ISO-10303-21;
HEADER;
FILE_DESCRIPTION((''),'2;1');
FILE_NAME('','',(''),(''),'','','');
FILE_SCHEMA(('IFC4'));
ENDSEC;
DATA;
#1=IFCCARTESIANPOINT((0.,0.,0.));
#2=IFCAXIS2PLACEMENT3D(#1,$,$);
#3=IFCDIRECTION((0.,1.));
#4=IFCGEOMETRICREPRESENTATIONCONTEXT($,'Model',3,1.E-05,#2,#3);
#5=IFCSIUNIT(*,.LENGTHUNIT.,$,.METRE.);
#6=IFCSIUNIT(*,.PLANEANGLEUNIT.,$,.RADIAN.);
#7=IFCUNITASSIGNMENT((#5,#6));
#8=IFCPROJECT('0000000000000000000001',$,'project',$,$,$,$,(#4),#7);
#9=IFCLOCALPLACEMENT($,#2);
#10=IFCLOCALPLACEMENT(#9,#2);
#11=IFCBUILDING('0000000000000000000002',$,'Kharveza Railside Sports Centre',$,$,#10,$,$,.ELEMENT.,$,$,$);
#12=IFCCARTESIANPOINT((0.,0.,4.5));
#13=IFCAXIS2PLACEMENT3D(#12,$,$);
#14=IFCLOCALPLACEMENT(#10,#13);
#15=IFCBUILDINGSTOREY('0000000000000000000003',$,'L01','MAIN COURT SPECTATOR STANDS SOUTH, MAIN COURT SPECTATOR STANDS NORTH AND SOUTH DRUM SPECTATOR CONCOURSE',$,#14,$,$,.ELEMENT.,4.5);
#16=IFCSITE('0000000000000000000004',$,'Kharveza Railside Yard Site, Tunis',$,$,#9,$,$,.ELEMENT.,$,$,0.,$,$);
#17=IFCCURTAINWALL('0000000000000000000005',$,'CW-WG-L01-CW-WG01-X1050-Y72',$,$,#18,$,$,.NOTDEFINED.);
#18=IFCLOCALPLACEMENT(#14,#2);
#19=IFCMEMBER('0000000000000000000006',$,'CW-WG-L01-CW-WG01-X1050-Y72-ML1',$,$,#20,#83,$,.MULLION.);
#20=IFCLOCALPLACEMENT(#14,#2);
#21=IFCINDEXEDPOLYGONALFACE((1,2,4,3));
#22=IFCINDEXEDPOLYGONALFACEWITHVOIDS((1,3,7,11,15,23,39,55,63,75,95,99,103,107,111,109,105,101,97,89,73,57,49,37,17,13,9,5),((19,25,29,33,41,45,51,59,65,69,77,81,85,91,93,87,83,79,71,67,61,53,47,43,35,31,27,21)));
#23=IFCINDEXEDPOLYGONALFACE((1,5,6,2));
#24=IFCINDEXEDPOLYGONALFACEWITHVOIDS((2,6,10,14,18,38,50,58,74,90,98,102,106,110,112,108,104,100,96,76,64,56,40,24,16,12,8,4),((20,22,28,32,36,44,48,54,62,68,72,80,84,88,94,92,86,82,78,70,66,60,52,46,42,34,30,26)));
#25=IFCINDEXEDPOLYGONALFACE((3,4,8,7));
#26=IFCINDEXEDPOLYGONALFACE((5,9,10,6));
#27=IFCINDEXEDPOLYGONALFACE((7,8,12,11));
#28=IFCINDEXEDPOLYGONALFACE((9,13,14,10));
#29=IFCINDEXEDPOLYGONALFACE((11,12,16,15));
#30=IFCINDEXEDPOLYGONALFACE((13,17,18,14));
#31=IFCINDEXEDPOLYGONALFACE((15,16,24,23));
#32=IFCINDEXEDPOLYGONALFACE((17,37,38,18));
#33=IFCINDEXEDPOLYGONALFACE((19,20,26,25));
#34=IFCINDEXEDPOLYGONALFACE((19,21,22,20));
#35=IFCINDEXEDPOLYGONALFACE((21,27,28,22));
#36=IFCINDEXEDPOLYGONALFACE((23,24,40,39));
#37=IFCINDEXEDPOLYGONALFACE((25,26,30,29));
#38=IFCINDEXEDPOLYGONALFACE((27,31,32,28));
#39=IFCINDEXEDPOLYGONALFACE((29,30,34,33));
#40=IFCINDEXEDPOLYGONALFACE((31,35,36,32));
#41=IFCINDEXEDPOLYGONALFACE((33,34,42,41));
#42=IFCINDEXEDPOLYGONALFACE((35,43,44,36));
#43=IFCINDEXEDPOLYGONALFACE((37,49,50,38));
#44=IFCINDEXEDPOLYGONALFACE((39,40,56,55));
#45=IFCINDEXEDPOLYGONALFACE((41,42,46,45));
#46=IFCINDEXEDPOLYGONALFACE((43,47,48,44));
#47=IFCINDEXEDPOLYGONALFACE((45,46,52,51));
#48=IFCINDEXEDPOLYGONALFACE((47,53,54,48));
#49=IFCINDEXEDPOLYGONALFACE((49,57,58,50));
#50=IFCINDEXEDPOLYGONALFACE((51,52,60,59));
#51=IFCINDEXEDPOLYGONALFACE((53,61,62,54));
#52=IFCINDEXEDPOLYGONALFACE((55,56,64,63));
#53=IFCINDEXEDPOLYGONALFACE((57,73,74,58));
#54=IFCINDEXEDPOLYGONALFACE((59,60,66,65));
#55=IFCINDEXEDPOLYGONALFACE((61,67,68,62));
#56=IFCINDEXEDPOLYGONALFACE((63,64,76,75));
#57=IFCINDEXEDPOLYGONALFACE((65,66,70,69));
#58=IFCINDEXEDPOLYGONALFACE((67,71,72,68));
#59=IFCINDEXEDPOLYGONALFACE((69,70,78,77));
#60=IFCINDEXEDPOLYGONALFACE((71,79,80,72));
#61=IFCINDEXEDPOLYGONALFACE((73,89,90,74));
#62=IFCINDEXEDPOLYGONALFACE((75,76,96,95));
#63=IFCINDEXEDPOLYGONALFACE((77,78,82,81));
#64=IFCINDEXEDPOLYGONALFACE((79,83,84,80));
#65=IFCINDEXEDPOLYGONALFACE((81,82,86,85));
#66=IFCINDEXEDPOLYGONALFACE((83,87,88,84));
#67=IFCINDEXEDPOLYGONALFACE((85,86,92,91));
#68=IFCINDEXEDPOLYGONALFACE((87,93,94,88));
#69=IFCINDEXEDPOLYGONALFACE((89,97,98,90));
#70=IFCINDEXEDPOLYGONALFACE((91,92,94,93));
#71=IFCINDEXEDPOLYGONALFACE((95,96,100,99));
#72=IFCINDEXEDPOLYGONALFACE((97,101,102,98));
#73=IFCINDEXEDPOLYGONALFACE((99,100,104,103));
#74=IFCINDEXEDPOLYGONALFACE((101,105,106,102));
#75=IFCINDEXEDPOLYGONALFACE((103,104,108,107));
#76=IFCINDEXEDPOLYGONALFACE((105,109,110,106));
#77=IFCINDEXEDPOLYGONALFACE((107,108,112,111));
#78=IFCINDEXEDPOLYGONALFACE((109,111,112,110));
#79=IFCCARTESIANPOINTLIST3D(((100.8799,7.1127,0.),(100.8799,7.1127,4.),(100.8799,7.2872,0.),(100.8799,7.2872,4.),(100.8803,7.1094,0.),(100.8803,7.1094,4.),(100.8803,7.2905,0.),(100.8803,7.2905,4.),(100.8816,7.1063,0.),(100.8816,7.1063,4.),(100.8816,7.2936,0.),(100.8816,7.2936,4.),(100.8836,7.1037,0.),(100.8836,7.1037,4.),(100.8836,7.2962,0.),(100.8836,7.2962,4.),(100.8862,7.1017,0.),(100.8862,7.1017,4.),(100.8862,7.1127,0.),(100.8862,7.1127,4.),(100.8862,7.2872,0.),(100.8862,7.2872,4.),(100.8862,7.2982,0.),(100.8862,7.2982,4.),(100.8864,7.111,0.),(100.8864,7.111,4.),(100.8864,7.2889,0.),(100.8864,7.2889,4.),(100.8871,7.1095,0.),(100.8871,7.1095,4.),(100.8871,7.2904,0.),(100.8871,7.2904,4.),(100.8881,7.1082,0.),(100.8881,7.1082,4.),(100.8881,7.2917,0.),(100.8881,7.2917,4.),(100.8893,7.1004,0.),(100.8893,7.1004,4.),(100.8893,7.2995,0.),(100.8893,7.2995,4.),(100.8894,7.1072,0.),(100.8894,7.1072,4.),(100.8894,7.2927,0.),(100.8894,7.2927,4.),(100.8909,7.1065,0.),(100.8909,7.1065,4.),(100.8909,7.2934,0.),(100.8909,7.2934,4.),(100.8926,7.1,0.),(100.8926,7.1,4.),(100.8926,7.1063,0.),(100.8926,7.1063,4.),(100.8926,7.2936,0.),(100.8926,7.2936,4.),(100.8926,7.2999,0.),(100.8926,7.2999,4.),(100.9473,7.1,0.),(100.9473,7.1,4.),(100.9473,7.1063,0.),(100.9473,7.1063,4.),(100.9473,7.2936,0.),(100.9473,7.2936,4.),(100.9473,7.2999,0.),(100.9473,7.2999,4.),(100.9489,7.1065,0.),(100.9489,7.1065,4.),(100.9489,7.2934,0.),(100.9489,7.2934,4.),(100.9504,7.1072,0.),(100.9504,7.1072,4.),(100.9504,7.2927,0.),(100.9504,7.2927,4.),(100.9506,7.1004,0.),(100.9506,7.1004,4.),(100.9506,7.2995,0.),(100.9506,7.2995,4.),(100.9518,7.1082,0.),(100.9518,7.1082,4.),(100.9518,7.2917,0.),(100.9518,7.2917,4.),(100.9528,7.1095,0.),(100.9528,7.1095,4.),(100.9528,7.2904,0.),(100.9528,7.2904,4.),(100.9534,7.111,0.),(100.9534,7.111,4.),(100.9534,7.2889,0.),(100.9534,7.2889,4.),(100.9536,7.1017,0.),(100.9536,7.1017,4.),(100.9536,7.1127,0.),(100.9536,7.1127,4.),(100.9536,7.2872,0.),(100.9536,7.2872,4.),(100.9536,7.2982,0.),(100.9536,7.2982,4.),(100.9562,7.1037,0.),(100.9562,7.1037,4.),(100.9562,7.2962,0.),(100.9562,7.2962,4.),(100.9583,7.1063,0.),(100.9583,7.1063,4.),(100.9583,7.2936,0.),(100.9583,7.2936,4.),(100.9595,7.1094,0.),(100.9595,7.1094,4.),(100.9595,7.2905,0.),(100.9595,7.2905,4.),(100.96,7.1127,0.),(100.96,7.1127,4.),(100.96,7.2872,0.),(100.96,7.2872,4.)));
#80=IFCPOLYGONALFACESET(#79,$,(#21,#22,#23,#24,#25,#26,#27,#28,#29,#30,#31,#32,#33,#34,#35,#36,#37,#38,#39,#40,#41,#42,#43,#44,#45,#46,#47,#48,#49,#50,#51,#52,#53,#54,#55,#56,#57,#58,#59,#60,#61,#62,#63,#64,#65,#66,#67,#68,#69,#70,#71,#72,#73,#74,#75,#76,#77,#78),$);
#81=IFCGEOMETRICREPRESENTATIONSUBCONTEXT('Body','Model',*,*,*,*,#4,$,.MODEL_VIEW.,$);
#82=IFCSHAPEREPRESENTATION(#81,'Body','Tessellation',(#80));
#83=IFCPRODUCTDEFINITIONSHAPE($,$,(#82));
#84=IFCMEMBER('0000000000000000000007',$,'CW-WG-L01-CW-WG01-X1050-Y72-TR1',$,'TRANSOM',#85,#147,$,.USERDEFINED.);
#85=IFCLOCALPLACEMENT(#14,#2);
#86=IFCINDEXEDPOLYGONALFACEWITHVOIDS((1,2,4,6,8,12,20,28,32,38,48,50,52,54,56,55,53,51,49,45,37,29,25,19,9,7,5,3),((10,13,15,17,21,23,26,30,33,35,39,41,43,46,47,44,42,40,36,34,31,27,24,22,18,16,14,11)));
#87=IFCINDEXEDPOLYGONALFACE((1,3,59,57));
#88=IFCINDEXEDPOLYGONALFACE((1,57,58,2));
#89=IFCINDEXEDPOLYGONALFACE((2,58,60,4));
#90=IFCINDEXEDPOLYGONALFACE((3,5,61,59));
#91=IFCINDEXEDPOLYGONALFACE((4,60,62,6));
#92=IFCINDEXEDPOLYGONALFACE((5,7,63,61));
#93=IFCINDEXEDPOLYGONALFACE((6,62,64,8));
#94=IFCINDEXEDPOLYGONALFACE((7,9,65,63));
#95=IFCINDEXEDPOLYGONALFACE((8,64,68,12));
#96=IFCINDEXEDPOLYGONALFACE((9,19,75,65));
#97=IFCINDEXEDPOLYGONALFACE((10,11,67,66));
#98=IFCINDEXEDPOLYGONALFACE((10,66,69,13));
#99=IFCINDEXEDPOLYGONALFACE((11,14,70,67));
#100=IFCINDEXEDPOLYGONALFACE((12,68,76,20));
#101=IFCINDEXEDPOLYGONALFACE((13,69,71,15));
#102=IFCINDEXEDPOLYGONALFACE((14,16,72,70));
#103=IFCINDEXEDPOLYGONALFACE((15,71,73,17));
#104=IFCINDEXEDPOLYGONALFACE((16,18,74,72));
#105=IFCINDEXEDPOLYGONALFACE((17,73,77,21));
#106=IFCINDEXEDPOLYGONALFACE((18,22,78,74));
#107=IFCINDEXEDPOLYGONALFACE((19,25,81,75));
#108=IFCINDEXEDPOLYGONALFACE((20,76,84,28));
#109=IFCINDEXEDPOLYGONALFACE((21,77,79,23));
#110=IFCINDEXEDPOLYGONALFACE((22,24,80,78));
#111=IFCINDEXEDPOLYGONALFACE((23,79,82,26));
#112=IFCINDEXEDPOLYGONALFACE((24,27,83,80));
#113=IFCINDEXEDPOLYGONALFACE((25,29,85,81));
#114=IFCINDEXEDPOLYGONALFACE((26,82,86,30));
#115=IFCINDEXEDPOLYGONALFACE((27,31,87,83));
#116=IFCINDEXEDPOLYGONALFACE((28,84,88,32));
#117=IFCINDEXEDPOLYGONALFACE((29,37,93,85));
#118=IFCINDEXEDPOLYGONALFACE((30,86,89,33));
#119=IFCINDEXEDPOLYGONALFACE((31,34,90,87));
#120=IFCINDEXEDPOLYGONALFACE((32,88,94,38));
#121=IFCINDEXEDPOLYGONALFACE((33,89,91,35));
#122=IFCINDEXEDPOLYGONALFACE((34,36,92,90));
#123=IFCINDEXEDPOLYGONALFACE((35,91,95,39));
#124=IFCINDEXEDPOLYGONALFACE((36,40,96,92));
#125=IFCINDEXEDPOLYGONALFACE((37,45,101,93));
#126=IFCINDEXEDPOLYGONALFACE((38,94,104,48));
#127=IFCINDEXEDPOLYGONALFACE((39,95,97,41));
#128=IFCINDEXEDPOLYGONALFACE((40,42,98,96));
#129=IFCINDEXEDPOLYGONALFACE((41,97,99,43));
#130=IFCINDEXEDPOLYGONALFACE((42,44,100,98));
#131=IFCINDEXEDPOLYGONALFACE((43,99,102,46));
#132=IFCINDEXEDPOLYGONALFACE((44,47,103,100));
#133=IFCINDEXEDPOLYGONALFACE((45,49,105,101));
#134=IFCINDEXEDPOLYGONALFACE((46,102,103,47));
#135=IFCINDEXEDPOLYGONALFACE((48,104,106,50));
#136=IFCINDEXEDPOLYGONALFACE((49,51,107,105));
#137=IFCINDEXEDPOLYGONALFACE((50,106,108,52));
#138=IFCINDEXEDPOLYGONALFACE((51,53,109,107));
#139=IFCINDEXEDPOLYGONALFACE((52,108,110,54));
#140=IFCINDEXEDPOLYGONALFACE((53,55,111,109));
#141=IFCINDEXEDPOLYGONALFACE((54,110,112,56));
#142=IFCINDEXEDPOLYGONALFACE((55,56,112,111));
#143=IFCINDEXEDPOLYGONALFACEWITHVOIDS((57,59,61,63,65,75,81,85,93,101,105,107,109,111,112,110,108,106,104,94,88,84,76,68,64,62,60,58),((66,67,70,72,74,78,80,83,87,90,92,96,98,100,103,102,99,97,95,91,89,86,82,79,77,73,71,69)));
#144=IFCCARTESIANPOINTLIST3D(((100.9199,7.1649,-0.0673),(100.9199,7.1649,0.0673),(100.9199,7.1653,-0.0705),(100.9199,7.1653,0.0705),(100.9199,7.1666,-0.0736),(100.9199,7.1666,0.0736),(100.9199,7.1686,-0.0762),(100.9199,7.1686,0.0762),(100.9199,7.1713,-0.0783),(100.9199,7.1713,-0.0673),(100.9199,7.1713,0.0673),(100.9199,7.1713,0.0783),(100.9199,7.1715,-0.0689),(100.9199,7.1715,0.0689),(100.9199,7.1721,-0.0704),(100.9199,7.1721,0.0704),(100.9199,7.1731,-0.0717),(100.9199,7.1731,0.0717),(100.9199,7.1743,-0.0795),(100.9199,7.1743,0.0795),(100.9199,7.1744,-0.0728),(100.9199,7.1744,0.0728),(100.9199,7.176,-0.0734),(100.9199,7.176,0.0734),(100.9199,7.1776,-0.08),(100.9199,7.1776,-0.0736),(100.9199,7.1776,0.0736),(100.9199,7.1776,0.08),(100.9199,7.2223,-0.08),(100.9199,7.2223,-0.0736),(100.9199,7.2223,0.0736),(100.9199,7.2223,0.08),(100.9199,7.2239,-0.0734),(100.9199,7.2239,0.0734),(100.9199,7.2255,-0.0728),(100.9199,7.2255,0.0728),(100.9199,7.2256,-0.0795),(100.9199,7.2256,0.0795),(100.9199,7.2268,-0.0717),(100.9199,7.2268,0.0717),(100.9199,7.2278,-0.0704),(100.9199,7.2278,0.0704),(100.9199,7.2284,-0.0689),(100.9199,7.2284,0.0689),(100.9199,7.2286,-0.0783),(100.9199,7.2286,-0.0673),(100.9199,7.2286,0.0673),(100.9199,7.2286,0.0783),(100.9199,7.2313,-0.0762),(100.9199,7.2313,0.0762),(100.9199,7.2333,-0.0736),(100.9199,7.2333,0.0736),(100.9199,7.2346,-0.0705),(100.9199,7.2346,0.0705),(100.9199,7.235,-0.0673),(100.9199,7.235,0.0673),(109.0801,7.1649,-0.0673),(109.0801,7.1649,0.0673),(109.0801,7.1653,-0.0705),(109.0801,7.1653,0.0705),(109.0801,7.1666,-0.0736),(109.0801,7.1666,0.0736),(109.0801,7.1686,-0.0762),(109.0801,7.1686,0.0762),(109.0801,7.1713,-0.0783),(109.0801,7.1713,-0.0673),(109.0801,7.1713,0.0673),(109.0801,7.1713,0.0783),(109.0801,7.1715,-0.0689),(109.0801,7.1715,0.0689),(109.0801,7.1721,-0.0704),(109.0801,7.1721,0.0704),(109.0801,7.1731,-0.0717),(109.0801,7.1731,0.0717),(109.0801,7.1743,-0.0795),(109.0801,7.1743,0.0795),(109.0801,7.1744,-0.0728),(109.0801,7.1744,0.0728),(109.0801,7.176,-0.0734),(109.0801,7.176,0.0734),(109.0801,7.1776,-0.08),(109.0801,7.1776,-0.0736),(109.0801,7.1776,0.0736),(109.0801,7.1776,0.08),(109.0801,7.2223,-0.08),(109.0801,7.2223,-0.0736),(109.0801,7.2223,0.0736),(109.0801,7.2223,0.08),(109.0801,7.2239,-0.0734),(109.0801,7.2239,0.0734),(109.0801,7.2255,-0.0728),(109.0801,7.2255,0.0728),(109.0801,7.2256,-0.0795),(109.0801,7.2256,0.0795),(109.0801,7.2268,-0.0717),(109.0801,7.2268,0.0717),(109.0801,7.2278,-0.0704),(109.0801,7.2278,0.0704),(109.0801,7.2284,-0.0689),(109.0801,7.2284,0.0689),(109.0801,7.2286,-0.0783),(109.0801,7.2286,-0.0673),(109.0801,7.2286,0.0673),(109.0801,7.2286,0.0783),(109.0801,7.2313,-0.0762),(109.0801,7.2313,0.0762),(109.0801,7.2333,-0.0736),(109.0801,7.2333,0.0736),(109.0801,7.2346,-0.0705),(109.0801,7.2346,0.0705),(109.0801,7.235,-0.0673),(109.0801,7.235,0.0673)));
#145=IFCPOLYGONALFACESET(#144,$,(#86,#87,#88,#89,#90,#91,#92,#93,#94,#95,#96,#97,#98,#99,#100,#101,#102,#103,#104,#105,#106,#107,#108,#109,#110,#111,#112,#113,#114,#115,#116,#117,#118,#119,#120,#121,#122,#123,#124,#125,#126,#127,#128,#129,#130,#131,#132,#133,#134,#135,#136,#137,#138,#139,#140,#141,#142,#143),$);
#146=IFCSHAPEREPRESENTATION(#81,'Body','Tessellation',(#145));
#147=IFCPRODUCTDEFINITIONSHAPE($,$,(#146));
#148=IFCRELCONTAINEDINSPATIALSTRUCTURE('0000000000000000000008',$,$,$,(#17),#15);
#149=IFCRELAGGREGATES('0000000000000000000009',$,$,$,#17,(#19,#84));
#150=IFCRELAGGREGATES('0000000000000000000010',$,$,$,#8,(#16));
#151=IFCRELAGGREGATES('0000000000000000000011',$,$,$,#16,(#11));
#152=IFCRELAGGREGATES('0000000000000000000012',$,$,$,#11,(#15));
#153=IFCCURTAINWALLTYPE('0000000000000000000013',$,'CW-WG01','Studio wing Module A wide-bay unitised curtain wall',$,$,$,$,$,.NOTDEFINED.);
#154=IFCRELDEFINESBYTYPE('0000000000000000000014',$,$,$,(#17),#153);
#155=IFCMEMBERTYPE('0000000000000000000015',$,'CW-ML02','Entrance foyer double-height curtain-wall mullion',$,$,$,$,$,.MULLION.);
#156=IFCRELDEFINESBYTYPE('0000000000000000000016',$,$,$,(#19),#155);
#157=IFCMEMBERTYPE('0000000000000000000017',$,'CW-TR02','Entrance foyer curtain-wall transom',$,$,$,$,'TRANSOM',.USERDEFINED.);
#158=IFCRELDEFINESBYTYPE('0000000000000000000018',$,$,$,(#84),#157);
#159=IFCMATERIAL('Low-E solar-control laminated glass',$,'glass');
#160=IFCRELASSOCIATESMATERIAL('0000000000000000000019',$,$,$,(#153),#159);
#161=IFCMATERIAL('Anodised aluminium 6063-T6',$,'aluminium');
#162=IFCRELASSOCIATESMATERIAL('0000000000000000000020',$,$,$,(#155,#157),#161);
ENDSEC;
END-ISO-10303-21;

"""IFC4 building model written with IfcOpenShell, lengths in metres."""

from ifc_helpers import new_model, si_unit, direction, frame, origin, origin_2d, place, context, subcontext, project, spatial, hollow_rectangle, extrude, material, material_profile, profile_set, type_object, element, aggregate, save


model = new_model("IFC4")

# Units and contexts
model_context = context("Model", 3, precision=1e-05, world=origin(), true_north=direction((0.0, 1.0)))
body_context = subcontext(model_context, "Body", "Model", "MODEL_VIEW")
ifc_project = project(units=[si_unit("LENGTHUNIT", "METRE"), si_unit("PLANEANGLEUNIT", "RADIAN")], contexts=[model_context])

# Site, building, storey
site_placement = place(None, origin())
site = spatial("IfcSite", under=ifc_project, at=site_placement, Name="Kharveza Railside Yard Site, Tunis", CompositionType="ELEMENT", RefElevation=0.0)
building_placement = place(site_placement, origin())
building = spatial("IfcBuilding", under=site, at=building_placement, Name="Kharveza Railside Sports Centre", CompositionType="ELEMENT")
storey_placement = place(building_placement, frame((0.0, 0.0, 4.5)))
storey = spatial("IfcBuildingStorey", under=building, at=storey_placement, Name="L01", Description="MAIN COURT SPECTATOR STANDS SOUTH, MAIN COURT SPECTATOR STANDS NORTH AND SOUTH DRUM SPECTATOR CONCOURSE", CompositionType="ELEMENT", Elevation=4.5)

# Curtain wall, members
ifc_material_1 = material(Name="Low-E solar-control laminated glass", Category="glass")
curtain_wall_type = type_object("IfcCurtainWallType", Name="CW-WG01", Description="Studio wing Module A wide-bay unitised curtain wall", PredefinedType="NOTDEFINED", material=ifc_material_1)
ifc_material_2 = material(Name="Anodised aluminium 6063-T6", Category="aluminium")
ifc_material_profile_1 = material_profile(ifc_material_2, hollow_rectangle(XDim=0.0801, YDim=0.2, WallThickness=0.0063, InnerFilletRadius=0.0063, OuterFilletRadius=0.0127, at=origin_2d()), Name="RHS 80x200x6.3")
ifc_profile_set_1 = profile_set([ifc_material_profile_1], Name="Anodised aluminium 6063-T6")
member_type_1 = type_object("IfcMemberType", Name="CW-ML02", Description="Entrance foyer double-height curtain-wall mullion", PredefinedType="MULLION", material=ifc_profile_set_1)
curtain_wall_1_placement = place(storey_placement, origin())
curtain_wall_1 = element("IfcCurtainWall", 1, at=curtain_wall_1_placement, inside=storey, type_object=curtain_wall_type, Name="CW-WG-L01-CW-WG01-X1050-Y72", PredefinedType="NOTDEFINED")
member_1_placement = place(storey_placement, frame((100.9199, 7.2, 0.0), z_axis=(0.0, 0.0, 1.0), x_axis=(1.0, 0.0, 0.0)))
member_1 = element("IfcMember", 2, at=member_1_placement, type_object=member_type_1, Name="CW-WG-L01-CW-WG01-X1050-Y72-ML1", PredefinedType="MULLION", context=body_context, shape_type="SweptSolid", body=[
    extrude(hollow_rectangle(XDim=0.0801, YDim=0.2, WallThickness=0.0063, InnerFilletRadius=0.0063, OuterFilletRadius=0.0127, at=origin_2d()), origin(), (0.0, 0.0, 1.0), 4.0),
])
ifc_material_profile_2 = material_profile(ifc_material_2, hollow_rectangle(XDim=0.0701, YDim=0.1599, WallThickness=0.0063, InnerFilletRadius=0.0063, OuterFilletRadius=0.0127, at=origin_2d()), Name="RHS 70x160x6.3")
ifc_profile_set_2 = profile_set([ifc_material_profile_2], Name="Anodised aluminium 6063-T6")
member_type_2 = type_object("IfcMemberType", Name="CW-TR02", Description="Entrance foyer curtain-wall transom", ElementType="TRANSOM", PredefinedType="USERDEFINED", material=ifc_profile_set_2)
member_2_placement = place(storey_placement, frame((100.9199, 7.2, 0.0), z_axis=(1.0, 0.0, 0.0), x_axis=(0.0, 1.0, 0.0)))
member_2 = element("IfcMember", 3, at=member_2_placement, type_object=member_type_2, Name="CW-WG-L01-CW-WG01-X1050-Y72-TR1", ObjectType="TRANSOM", PredefinedType="USERDEFINED", context=body_context, shape_type="SweptSolid", body=[
    extrude(hollow_rectangle(XDim=0.0701, YDim=0.1599, WallThickness=0.0063, InnerFilletRadius=0.0063, OuterFilletRadius=0.0127, at=origin_2d()), origin(), (0.0, 0.0, 1.0), 8.1602),
])

aggregate(curtain_wall_1, [member_1, member_2])

save(model, "model.ifc")
